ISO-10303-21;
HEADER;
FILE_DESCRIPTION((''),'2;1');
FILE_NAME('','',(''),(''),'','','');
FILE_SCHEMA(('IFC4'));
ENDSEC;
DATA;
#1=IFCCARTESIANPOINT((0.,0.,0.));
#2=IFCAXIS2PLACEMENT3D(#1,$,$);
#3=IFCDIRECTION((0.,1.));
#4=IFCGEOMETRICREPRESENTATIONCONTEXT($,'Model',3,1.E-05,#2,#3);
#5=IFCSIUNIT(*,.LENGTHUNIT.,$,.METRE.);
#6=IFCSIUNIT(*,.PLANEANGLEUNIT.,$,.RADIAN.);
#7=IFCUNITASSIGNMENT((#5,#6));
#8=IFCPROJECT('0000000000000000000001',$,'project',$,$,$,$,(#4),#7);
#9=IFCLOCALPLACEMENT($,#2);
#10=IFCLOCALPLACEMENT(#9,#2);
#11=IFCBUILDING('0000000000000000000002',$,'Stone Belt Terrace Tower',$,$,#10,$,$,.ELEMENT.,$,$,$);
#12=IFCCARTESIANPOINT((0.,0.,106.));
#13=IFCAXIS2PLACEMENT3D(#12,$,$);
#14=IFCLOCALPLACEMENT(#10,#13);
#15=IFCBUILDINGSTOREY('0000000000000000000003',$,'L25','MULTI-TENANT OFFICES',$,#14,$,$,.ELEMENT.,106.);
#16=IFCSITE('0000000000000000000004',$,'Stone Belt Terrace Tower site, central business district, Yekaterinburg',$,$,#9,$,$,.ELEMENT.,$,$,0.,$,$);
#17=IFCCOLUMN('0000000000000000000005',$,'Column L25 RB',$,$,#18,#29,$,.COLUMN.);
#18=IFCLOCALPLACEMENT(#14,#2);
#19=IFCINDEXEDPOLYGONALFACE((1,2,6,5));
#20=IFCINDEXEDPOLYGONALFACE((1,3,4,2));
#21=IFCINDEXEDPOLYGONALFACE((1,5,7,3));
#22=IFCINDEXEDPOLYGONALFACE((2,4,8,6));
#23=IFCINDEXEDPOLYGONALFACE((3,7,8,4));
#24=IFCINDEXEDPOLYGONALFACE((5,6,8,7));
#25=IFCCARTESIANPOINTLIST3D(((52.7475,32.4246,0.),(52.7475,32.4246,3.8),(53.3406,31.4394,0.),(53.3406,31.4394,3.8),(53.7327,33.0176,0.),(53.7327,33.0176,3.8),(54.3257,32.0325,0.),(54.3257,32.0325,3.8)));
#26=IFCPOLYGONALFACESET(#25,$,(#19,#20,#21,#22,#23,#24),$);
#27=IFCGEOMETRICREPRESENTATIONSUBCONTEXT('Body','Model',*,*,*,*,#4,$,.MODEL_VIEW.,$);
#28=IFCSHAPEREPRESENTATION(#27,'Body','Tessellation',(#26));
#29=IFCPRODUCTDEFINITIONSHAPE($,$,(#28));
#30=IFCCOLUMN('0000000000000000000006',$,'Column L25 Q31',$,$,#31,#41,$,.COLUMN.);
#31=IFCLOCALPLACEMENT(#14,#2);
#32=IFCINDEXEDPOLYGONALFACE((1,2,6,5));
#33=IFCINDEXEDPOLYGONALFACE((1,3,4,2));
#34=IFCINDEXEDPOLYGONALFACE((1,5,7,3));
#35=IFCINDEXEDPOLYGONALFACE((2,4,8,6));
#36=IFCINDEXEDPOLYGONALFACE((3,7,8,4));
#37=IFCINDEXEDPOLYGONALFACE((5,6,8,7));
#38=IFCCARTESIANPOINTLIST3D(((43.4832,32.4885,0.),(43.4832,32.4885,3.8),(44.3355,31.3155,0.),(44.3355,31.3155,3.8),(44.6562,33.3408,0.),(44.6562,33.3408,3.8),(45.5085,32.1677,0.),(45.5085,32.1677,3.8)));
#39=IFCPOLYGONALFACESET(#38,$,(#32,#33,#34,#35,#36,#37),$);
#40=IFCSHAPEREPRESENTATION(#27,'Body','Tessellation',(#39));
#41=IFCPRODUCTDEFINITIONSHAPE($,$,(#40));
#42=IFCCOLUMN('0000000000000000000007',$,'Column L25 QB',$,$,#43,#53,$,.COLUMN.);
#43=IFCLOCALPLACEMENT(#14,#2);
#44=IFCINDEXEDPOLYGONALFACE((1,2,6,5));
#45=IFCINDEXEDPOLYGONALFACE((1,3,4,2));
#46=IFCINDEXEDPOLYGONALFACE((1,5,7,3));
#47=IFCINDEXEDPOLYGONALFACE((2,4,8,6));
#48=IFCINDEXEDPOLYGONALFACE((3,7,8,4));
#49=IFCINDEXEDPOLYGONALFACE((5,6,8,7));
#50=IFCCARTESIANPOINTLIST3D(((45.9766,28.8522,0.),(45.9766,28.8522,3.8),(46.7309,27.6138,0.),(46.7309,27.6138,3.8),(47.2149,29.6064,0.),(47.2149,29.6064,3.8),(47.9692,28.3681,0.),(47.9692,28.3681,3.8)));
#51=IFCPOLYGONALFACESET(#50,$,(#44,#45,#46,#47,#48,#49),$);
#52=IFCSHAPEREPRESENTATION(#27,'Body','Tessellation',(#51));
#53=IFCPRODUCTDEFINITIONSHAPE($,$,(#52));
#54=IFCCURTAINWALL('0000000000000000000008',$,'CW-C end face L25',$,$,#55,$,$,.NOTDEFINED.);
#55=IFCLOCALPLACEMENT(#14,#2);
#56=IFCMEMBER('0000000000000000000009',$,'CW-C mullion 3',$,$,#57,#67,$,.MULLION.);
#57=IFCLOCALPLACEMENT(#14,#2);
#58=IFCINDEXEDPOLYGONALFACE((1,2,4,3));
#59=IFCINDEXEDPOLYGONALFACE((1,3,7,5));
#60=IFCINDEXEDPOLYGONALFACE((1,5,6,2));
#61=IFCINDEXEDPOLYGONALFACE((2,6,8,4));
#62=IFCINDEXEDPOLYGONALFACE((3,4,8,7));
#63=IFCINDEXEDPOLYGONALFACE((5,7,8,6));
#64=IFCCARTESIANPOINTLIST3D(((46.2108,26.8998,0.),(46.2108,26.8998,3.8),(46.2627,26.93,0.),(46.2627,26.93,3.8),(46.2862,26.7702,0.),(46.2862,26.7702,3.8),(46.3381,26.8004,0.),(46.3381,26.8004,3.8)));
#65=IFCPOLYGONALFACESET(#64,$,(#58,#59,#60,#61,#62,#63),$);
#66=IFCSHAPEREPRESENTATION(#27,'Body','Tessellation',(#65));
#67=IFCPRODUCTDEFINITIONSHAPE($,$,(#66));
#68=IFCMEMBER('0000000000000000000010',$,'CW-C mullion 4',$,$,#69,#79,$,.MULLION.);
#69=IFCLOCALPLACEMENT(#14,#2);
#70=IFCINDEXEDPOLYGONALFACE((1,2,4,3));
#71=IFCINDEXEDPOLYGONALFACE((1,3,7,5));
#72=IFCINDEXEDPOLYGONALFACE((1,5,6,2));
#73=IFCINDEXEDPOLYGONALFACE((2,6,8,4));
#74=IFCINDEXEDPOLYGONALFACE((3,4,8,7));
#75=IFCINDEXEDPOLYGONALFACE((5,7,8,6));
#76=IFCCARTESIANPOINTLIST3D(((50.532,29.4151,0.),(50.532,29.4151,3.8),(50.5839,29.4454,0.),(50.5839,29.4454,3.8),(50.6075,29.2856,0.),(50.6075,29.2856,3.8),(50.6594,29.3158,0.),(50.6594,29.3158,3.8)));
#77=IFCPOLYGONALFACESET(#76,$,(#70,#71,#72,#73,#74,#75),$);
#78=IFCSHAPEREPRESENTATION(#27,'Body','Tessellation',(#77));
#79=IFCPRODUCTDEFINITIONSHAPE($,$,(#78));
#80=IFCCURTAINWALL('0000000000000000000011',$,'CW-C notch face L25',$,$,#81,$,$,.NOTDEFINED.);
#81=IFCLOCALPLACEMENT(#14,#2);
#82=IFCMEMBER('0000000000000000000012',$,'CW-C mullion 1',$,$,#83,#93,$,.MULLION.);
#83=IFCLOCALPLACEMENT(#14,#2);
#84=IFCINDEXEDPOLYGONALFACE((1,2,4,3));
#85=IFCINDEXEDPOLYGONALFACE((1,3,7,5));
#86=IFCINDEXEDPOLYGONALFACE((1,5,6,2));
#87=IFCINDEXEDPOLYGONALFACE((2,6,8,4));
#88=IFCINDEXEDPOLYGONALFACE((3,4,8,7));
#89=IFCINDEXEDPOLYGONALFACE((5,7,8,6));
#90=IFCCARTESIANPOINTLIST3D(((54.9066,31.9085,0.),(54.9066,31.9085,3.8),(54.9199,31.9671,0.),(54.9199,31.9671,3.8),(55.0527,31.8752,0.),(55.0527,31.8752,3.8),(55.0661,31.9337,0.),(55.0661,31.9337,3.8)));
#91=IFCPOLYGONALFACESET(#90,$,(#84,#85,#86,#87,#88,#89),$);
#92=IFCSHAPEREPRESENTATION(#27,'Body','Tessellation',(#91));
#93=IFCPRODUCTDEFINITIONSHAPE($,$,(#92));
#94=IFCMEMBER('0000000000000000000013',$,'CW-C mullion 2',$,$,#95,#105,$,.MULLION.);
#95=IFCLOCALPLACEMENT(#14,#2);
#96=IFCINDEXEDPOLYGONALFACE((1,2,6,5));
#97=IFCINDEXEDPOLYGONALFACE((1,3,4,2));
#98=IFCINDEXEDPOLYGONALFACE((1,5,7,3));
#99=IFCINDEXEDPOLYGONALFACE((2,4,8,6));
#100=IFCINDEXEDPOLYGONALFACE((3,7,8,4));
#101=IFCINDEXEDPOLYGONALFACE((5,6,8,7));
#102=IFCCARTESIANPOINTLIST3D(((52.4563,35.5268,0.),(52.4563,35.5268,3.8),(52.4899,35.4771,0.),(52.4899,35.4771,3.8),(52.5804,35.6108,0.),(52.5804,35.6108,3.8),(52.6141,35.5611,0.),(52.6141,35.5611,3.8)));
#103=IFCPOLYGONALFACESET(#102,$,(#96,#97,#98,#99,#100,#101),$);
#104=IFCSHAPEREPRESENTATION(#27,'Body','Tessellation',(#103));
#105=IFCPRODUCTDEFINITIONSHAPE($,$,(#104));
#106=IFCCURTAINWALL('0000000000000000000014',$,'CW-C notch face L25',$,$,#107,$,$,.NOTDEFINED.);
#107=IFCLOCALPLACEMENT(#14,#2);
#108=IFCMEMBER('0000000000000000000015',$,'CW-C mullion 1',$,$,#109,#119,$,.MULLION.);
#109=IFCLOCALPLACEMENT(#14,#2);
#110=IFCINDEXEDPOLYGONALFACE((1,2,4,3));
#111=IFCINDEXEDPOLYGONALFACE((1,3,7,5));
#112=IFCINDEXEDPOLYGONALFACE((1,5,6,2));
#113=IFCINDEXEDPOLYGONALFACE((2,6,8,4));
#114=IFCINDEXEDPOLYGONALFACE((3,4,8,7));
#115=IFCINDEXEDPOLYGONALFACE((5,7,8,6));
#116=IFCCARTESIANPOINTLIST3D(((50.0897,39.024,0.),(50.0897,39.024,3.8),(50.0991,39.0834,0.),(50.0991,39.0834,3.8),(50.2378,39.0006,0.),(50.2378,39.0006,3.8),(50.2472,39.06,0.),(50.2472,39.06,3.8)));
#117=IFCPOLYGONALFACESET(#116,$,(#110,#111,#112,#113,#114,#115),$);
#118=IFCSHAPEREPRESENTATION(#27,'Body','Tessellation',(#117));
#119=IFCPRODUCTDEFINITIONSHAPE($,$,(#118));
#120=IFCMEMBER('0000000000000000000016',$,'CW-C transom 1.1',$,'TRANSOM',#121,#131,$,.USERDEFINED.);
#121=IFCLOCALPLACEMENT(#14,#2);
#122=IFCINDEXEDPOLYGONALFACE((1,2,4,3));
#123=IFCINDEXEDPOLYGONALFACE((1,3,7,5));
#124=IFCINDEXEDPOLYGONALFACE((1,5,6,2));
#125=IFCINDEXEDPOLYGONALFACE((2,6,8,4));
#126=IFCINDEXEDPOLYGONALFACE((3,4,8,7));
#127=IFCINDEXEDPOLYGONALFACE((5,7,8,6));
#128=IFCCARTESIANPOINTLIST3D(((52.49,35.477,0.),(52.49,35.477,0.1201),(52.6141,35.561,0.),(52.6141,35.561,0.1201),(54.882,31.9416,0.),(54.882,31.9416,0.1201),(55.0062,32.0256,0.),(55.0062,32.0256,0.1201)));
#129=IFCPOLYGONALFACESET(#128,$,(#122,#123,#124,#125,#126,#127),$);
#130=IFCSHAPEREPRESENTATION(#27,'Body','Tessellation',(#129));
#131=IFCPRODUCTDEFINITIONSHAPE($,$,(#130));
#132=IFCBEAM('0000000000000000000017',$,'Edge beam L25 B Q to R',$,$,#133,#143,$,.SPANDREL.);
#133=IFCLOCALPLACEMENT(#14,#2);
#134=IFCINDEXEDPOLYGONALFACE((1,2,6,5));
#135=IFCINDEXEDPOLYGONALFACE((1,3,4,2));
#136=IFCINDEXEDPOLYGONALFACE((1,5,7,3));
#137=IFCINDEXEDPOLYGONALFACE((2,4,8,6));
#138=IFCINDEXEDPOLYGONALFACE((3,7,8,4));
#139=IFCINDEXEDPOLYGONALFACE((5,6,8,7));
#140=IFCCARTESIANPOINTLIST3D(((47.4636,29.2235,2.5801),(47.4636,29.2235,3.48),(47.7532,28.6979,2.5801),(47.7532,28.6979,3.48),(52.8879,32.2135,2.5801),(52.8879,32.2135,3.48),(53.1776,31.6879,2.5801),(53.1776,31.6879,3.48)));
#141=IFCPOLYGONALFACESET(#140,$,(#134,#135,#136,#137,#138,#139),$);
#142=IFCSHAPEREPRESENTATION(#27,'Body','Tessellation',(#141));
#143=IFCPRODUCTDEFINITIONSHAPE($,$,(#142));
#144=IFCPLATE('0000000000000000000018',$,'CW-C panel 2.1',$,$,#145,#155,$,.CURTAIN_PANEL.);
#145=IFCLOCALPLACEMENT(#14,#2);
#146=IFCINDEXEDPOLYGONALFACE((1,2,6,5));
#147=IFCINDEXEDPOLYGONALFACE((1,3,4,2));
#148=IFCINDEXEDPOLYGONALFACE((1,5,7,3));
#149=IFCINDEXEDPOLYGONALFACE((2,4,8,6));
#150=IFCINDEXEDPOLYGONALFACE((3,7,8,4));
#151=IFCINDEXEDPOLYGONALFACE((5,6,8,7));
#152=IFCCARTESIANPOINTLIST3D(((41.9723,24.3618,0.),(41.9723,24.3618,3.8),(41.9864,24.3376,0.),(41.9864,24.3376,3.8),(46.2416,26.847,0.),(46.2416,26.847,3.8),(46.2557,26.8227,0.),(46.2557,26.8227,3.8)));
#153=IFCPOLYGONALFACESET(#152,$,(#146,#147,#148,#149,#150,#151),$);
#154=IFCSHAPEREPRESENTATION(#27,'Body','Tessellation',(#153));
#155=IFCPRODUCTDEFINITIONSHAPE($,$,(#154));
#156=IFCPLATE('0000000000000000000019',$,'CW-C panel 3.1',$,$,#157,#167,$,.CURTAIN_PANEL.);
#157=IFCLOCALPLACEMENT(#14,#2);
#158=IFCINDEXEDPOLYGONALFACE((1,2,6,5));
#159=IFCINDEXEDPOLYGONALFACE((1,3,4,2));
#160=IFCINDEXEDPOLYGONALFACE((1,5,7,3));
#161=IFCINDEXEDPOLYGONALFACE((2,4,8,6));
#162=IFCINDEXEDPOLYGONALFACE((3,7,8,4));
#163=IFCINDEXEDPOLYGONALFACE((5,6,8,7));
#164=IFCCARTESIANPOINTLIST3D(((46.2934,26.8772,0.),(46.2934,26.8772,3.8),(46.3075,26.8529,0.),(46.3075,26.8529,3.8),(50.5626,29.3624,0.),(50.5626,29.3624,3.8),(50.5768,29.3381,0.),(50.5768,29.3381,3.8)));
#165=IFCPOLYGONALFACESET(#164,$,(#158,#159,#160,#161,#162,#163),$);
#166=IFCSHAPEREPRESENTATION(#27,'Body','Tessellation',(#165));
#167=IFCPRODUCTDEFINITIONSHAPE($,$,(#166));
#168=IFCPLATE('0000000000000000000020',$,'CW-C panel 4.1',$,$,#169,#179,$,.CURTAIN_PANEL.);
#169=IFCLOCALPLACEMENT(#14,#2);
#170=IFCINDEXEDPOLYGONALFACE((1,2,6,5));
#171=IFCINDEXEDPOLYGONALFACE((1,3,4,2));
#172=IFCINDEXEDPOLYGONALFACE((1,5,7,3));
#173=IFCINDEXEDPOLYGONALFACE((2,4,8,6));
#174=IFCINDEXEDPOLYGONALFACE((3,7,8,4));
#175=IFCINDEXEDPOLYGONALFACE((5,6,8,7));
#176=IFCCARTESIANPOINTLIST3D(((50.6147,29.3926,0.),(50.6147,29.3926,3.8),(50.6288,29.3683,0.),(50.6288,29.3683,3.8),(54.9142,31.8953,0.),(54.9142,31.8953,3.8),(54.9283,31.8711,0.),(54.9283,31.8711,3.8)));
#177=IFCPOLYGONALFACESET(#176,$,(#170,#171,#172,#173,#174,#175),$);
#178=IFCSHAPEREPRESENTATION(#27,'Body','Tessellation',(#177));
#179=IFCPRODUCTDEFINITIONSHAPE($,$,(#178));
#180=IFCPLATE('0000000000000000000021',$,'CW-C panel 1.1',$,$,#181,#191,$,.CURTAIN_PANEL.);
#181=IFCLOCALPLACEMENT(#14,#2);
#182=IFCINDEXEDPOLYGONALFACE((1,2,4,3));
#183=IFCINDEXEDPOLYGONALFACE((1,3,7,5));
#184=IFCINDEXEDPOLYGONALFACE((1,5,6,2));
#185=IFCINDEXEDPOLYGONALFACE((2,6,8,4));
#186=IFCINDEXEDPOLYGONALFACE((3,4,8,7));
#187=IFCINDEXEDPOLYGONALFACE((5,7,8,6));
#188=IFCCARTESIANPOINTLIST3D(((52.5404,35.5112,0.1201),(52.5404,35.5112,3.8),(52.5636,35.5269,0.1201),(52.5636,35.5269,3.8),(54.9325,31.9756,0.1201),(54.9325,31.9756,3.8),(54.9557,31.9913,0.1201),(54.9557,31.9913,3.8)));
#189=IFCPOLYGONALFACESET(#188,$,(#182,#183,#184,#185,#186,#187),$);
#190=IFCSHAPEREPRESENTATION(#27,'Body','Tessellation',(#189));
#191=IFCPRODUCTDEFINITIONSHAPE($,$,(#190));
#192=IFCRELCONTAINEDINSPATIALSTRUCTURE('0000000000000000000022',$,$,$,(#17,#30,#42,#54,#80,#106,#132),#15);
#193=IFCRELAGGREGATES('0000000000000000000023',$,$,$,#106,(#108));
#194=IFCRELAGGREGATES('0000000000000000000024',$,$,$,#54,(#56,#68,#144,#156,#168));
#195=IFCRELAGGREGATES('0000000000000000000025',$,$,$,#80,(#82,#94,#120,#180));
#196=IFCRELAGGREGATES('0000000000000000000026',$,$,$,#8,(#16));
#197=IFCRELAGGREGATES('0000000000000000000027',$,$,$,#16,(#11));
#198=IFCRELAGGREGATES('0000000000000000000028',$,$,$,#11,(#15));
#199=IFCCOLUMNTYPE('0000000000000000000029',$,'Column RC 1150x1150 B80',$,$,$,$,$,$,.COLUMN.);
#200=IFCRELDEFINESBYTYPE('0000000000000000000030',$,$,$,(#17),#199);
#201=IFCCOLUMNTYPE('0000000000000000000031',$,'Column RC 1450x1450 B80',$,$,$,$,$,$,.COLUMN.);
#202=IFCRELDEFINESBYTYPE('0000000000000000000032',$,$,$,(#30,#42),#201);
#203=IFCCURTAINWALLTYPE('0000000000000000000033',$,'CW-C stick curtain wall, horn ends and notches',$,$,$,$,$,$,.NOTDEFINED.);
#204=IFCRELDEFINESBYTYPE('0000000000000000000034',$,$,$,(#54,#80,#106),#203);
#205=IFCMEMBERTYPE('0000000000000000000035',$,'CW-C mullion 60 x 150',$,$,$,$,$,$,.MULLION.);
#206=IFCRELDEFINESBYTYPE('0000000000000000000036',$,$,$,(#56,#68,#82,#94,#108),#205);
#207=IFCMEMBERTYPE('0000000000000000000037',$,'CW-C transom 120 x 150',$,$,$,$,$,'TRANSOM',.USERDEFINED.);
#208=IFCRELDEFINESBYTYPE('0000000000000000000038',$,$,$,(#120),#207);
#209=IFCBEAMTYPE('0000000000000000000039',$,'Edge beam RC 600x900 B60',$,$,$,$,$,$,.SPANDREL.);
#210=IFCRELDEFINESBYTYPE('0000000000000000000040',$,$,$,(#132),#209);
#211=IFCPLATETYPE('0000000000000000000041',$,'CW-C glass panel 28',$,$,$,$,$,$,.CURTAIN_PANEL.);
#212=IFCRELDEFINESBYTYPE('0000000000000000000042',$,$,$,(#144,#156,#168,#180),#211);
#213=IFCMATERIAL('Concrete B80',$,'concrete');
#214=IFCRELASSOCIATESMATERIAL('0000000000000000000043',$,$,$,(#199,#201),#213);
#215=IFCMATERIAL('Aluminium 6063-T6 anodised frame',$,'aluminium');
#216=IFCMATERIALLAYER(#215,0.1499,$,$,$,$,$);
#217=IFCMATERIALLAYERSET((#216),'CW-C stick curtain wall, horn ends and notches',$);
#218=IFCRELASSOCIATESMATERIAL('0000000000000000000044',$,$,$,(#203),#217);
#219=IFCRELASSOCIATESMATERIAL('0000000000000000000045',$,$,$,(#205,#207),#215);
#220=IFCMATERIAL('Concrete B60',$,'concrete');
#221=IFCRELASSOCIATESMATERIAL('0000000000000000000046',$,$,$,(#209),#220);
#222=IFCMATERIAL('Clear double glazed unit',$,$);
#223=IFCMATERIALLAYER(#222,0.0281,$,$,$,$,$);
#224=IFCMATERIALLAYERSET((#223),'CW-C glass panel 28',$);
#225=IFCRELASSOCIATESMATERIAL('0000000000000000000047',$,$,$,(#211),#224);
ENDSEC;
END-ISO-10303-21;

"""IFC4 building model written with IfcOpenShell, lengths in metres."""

from ifc_helpers import new_model, si_unit, direction, frame, origin, origin_2d, place, context, subcontext, project, spatial, rectangle, extrude, material, layer, layer_set, material_profile, profile_set, type_object, element, aggregate, save


model = new_model("IFC4")

# Units and contexts
model_context = context("Model", 3, precision=1e-05, world=origin(), true_north=direction((0.0, 1.0)))
body_context = subcontext(model_context, "Body", "Model", "MODEL_VIEW")
ifc_project = project(units=[si_unit("LENGTHUNIT", "METRE"), si_unit("PLANEANGLEUNIT", "RADIAN")], contexts=[model_context])

# Site, building, storey
site_placement = place(None, origin())
site = spatial("IfcSite", under=ifc_project, at=site_placement, Name="Stone Belt Terrace Tower site, central business district, Yekaterinburg", CompositionType="ELEMENT", RefElevation=0.0)
building_placement = place(site_placement, origin())
building = spatial("IfcBuilding", under=site, at=building_placement, Name="Stone Belt Terrace Tower", CompositionType="ELEMENT")
storey_placement = place(building_placement, frame((0.0, 0.0, 106.0)))
storey = spatial("IfcBuildingStorey", under=building, at=storey_placement, Name="L25", Description="MULTI-TENANT OFFICES", CompositionType="ELEMENT", Elevation=106.0)

# Columns
ifc_material_1 = material(Name="Concrete B80", Category="concrete")
ifc_material_profile_1 = material_profile(ifc_material_1, rectangle(XDim=1.1499, YDim=1.1499, at=origin_2d()), Name="RC 1150x1150")
ifc_profile_set_1 = profile_set([ifc_material_profile_1], Name="Concrete B80")
column_type_1 = type_object("IfcColumnType", Name="Column RC 1150x1150 B80", PredefinedType="COLUMN", material=ifc_profile_set_1)
column_placement = place(storey_placement, frame((53.5366, 32.2285, 0.0), z_axis=(0.0, 0.0, 1.0), x_axis=(0.51575, -0.856739, 0.0)))
element("IfcColumn", 1, at=column_placement, inside=storey, type_object=column_type_1, Name="Column L25 RB", PredefinedType="COLUMN", context=body_context, shape_type="SweptSolid", body=[
    extrude(rectangle(XDim=1.1499, YDim=1.1499, at=origin_2d()), origin(), (0.0, 0.0, 1.0), 3.8),
])
ifc_material_profile_2 = material_profile(ifc_material_1, rectangle(XDim=1.45, YDim=1.45, at=origin_2d()), Name="RC 1450x1450")
ifc_profile_set_2 = profile_set([ifc_material_profile_2], Name="Concrete B80")
column_type_2 = type_object("IfcColumnType", Name="Column RC 1450x1450 B80", PredefinedType="COLUMN", material=ifc_profile_set_2)
for number, where, z_axis, x_axis, name in (
    (2, (44.4958, 32.3281, 0.0), (0.0, 0.0, 1.0), (0.587785, -0.809017, 0.0), "Column L25 Q31"),
    (3, (46.9729, 28.6101, 0.0), (0.0, 0.0, 1.0), (0.520186, -0.854053, 0.0), "Column L25 QB"),
):
    element("IfcColumn", number, at=place(storey_placement, frame(where, z_axis=z_axis, x_axis=x_axis)), inside=storey, type_object=column_type_2, Name=name, PredefinedType="COLUMN", context=body_context, shape_type="SweptSolid", body=[
        extrude(rectangle(XDim=1.45, YDim=1.45, at=origin_2d()), origin(), (0.0, 0.0, 1.0), 3.8),
    ])

# Curtain walls, members
ifc_material_2 = material(Name="Aluminium 6063-T6 anodised frame", Category="aluminium")
ifc_layer_1 = layer(ifc_material_2, 0.1499)
ifc_layer_set_1 = layer_set([ifc_layer_1], Name="CW-C stick curtain wall, horn ends and notches")
curtain_wall_type = type_object("IfcCurtainWallType", Name="CW-C stick curtain wall, horn ends and notches", PredefinedType="NOTDEFINED", material=ifc_layer_set_1)
curtain_wall_1_placement = place(storey_placement, origin())
curtain_wall_1 = element("IfcCurtainWall", 4, at=curtain_wall_1_placement, inside=storey, type_object=curtain_wall_type, Name="CW-C end face L25", PredefinedType="NOTDEFINED")
ifc_material_profile_3 = material_profile(ifc_material_2, rectangle(XDim=0.1499, YDim=0.0601, at=origin_2d()), Name="Aluminium 6063-T6 60x150")
ifc_profile_set_3 = profile_set([ifc_material_profile_3], Name="Aluminium 6063-T6 anodised frame")
member_type_1 = type_object("IfcMemberType", Name="CW-C mullion 60 x 150", PredefinedType="MULLION", material=ifc_profile_set_3)
member_1_placement = place(storey_placement, frame((46.2744, 26.8501, 0.0), z_axis=(0.0, 0.0, 1.0), x_axis=(-0.503081, 0.864239, 0.0)))
member_1 = element("IfcMember", 5, at=member_1_placement, type_object=member_type_1, Name="CW-C mullion 3", PredefinedType="MULLION", context=body_context, shape_type="SweptSolid", body=[
    extrude(rectangle(XDim=0.1499, YDim=0.0601, at=origin_2d()), origin(), (0.0, 0.0, 1.0), 3.8),
])
member_2_placement = place(storey_placement, frame((50.5957, 29.3655, 0.0), z_axis=(0.0, 0.0, 1.0), x_axis=(-0.503081, 0.864239, 0.0)))
member_2 = element("IfcMember", 6, at=member_2_placement, type_object=member_type_1, Name="CW-C mullion 4", PredefinedType="MULLION", context=body_context, shape_type="SweptSolid", body=[
    extrude(rectangle(XDim=0.1499, YDim=0.0601, at=origin_2d()), origin(), (0.0, 0.0, 1.0), 3.8),
])
curtain_wall_2_placement = place(storey_placement, origin())
curtain_wall_2 = element("IfcCurtainWall", 7, at=curtain_wall_2_placement, inside=storey, type_object=curtain_wall_type, Name="CW-C notch face L25", PredefinedType="NOTDEFINED")
member_3_placement = place(storey_placement, frame((54.9863, 31.9211, 0.0), z_axis=(0.0, 0.0, 1.0), x_axis=(-0.974927, 0.222525, 0.0)))
member_3 = element("IfcMember", 8, at=member_3_placement, type_object=member_type_1, Name="CW-C mullion 1", PredefinedType="MULLION", context=body_context, shape_type="SweptSolid", body=[
    extrude(rectangle(XDim=0.1499, YDim=0.0601, at=origin_2d()), origin(), (0.0, 0.0, 1.0), 3.8),
])
member_4_placement = place(storey_placement, frame((52.5352, 35.5439, 0.0), z_axis=(0.0, 0.0, 1.0), x_axis=(-0.828244, -0.560367, 0.0)))
member_4 = element("IfcMember", 9, at=member_4_placement, type_object=member_type_1, Name="CW-C mullion 2", PredefinedType="MULLION", context=body_context, shape_type="SweptSolid", body=[
    extrude(rectangle(XDim=0.1499, YDim=0.0601, at=origin_2d()), origin(), (0.0, 0.0, 1.0), 3.8),
])

# Curtain wall, member
curtain_wall_3_placement = place(storey_placement, origin())
curtain_wall_3 = element("IfcCurtainWall", 10, at=curtain_wall_3_placement, inside=storey, type_object=curtain_wall_type, Name="CW-C notch face L25", PredefinedType="NOTDEFINED")
member_5_placement = place(storey_placement, frame((50.1685, 39.042, 0.0), z_axis=(0.0, 0.0, 1.0), x_axis=(-0.987742, 0.156094, 0.0)))
member_5 = element("IfcMember", 11, at=member_5_placement, type_object=member_type_1, Name="CW-C mullion 1", PredefinedType="MULLION", context=body_context, shape_type="SweptSolid", body=[
    extrude(rectangle(XDim=0.1499, YDim=0.0601, at=origin_2d()), origin(), (0.0, 0.0, 1.0), 3.8),
])
aggregate(curtain_wall_3, [member_5])

# Member
ifc_material_profile_4 = material_profile(ifc_material_2, rectangle(XDim=0.1499, YDim=0.1201, at=origin_2d()), Name="Aluminium 6063-T6 150x120")
ifc_profile_set_4 = profile_set([ifc_material_profile_4], Name="Aluminium 6063-T6 anodised frame")
member_type_2 = type_object("IfcMemberType", Name="CW-C transom 120 x 150", ElementType="TRANSOM", PredefinedType="USERDEFINED", material=ifc_profile_set_4)
member_6_placement = place(storey_placement, frame((54.9441, 31.9836, 0.0601), z_axis=(-0.560389, 0.82823, 0.0), x_axis=(-0.82823, -0.560389, 0.0)))
member_6 = element("IfcMember", 12, at=member_6_placement, type_object=member_type_2, Name="CW-C transom 1.1", ObjectType="TRANSOM", PredefinedType="USERDEFINED", context=body_context, shape_type="SweptSolid", body=[
    extrude(rectangle(XDim=0.1499, YDim=0.1201, at=origin_2d()), origin(), (0.0, 0.0, 1.0), 4.2686),
])

# Beam
ifc_material_3 = material(Name="Concrete B60", Category="concrete")
ifc_material_profile_5 = material_profile(ifc_material_3, rectangle(XDim=0.6001, YDim=0.8999, at=origin_2d()), Name="RC 600x900")
ifc_profile_set_5 = profile_set([ifc_material_profile_5], Name="Concrete B60")
beam_type = type_object("IfcBeamType", Name="Edge beam RC 600x900 B60", PredefinedType="SPANDREL", material=ifc_profile_set_5)
beam_placement = place(storey_placement, frame((47.6084, 28.9607, 3.03), z_axis=(0.875764, 0.482739, 0.0), x_axis=(-0.482739, 0.875764, 0.0)))
element("IfcBeam", 13, at=beam_placement, inside=storey, type_object=beam_type, Name="Edge beam L25 B Q to R", PredefinedType="SPANDREL", context=body_context, shape_type="SweptSolid", body=[
    extrude(rectangle(XDim=0.6001, YDim=0.8999, at=origin_2d()), origin(), (0.0, 0.0, 1.0), 6.1938),
])

# Plates
ifc_material_4 = material(Name="Clear double glazed unit")
ifc_layer_2 = layer(ifc_material_4, 0.0281)
ifc_layer_set_2 = layer_set([ifc_layer_2], Name="CW-C glass panel 28")
plate_type = type_object("IfcPlateType", Name="CW-C glass panel 28", PredefinedType="CURTAIN_PANEL", material=ifc_layer_set_2)
plate_1_placement = place(storey_placement, frame((44.114, 25.5923, 0.0), z_axis=(0.0, 0.0, 1.0), x_axis=(0.864239, 0.503081, 0.0)))
plate_1 = element("IfcPlate", 14, at=plate_1_placement, type_object=plate_type, Name="CW-C panel 2.1", PredefinedType="CURTAIN_PANEL", context=body_context, shape_type="SweptSolid", body=[
    extrude(rectangle(XDim=4.9399, YDim=0.0281, at=origin_2d()), origin(), (0.0, 0.0, 1.0), 3.8),
])
plate_2_placement = place(storey_placement, frame((48.4351, 28.1077, 0.0), z_axis=(0.0, 0.0, 1.0), x_axis=(0.864239, 0.503081, 0.0)))
plate_2 = element("IfcPlate", 15, at=plate_2_placement, type_object=plate_type, Name="CW-C panel 3.1", PredefinedType="CURTAIN_PANEL", context=body_context, shape_type="SweptSolid", body=[
    extrude(rectangle(XDim=4.9399, YDim=0.0281, at=origin_2d()), origin(), (0.0, 0.0, 1.0), 3.8),
])
plate_3_placement = place(storey_placement, frame((52.7715, 30.6318, 0.0), z_axis=(0.0, 0.0, 1.0), x_axis=(0.864239, 0.503081, 0.0)))
plate_3 = element("IfcPlate", 16, at=plate_3_placement, type_object=plate_type, Name="CW-C panel 4.1", PredefinedType="CURTAIN_PANEL", context=body_context, shape_type="SweptSolid", body=[
    extrude(rectangle(XDim=4.9749, YDim=0.0281, at=origin_2d()), origin(), (0.0, 0.0, 1.0), 3.8),
])
aggregate(curtain_wall_1, [member_1, member_2, plate_1, plate_2, plate_3])
plate_4_placement = place(storey_placement, frame((53.748, 33.7512, 0.1201), z_axis=(0.0, 0.0, 1.0), x_axis=(-0.560367, 0.828244, 0.0)))
plate_4 = element("IfcPlate", 17, at=plate_4_placement, type_object=plate_type, Name="CW-C panel 1.1", PredefinedType="CURTAIN_PANEL", context=body_context, shape_type="SweptSolid", body=[
    extrude(rectangle(XDim=4.2688, YDim=0.0281, at=origin_2d()), origin(), (0.0, 0.0, 1.0), 3.6799),
])
aggregate(curtain_wall_2, [member_3, member_4, member_6, plate_4])

save(model, "model.ifc")
